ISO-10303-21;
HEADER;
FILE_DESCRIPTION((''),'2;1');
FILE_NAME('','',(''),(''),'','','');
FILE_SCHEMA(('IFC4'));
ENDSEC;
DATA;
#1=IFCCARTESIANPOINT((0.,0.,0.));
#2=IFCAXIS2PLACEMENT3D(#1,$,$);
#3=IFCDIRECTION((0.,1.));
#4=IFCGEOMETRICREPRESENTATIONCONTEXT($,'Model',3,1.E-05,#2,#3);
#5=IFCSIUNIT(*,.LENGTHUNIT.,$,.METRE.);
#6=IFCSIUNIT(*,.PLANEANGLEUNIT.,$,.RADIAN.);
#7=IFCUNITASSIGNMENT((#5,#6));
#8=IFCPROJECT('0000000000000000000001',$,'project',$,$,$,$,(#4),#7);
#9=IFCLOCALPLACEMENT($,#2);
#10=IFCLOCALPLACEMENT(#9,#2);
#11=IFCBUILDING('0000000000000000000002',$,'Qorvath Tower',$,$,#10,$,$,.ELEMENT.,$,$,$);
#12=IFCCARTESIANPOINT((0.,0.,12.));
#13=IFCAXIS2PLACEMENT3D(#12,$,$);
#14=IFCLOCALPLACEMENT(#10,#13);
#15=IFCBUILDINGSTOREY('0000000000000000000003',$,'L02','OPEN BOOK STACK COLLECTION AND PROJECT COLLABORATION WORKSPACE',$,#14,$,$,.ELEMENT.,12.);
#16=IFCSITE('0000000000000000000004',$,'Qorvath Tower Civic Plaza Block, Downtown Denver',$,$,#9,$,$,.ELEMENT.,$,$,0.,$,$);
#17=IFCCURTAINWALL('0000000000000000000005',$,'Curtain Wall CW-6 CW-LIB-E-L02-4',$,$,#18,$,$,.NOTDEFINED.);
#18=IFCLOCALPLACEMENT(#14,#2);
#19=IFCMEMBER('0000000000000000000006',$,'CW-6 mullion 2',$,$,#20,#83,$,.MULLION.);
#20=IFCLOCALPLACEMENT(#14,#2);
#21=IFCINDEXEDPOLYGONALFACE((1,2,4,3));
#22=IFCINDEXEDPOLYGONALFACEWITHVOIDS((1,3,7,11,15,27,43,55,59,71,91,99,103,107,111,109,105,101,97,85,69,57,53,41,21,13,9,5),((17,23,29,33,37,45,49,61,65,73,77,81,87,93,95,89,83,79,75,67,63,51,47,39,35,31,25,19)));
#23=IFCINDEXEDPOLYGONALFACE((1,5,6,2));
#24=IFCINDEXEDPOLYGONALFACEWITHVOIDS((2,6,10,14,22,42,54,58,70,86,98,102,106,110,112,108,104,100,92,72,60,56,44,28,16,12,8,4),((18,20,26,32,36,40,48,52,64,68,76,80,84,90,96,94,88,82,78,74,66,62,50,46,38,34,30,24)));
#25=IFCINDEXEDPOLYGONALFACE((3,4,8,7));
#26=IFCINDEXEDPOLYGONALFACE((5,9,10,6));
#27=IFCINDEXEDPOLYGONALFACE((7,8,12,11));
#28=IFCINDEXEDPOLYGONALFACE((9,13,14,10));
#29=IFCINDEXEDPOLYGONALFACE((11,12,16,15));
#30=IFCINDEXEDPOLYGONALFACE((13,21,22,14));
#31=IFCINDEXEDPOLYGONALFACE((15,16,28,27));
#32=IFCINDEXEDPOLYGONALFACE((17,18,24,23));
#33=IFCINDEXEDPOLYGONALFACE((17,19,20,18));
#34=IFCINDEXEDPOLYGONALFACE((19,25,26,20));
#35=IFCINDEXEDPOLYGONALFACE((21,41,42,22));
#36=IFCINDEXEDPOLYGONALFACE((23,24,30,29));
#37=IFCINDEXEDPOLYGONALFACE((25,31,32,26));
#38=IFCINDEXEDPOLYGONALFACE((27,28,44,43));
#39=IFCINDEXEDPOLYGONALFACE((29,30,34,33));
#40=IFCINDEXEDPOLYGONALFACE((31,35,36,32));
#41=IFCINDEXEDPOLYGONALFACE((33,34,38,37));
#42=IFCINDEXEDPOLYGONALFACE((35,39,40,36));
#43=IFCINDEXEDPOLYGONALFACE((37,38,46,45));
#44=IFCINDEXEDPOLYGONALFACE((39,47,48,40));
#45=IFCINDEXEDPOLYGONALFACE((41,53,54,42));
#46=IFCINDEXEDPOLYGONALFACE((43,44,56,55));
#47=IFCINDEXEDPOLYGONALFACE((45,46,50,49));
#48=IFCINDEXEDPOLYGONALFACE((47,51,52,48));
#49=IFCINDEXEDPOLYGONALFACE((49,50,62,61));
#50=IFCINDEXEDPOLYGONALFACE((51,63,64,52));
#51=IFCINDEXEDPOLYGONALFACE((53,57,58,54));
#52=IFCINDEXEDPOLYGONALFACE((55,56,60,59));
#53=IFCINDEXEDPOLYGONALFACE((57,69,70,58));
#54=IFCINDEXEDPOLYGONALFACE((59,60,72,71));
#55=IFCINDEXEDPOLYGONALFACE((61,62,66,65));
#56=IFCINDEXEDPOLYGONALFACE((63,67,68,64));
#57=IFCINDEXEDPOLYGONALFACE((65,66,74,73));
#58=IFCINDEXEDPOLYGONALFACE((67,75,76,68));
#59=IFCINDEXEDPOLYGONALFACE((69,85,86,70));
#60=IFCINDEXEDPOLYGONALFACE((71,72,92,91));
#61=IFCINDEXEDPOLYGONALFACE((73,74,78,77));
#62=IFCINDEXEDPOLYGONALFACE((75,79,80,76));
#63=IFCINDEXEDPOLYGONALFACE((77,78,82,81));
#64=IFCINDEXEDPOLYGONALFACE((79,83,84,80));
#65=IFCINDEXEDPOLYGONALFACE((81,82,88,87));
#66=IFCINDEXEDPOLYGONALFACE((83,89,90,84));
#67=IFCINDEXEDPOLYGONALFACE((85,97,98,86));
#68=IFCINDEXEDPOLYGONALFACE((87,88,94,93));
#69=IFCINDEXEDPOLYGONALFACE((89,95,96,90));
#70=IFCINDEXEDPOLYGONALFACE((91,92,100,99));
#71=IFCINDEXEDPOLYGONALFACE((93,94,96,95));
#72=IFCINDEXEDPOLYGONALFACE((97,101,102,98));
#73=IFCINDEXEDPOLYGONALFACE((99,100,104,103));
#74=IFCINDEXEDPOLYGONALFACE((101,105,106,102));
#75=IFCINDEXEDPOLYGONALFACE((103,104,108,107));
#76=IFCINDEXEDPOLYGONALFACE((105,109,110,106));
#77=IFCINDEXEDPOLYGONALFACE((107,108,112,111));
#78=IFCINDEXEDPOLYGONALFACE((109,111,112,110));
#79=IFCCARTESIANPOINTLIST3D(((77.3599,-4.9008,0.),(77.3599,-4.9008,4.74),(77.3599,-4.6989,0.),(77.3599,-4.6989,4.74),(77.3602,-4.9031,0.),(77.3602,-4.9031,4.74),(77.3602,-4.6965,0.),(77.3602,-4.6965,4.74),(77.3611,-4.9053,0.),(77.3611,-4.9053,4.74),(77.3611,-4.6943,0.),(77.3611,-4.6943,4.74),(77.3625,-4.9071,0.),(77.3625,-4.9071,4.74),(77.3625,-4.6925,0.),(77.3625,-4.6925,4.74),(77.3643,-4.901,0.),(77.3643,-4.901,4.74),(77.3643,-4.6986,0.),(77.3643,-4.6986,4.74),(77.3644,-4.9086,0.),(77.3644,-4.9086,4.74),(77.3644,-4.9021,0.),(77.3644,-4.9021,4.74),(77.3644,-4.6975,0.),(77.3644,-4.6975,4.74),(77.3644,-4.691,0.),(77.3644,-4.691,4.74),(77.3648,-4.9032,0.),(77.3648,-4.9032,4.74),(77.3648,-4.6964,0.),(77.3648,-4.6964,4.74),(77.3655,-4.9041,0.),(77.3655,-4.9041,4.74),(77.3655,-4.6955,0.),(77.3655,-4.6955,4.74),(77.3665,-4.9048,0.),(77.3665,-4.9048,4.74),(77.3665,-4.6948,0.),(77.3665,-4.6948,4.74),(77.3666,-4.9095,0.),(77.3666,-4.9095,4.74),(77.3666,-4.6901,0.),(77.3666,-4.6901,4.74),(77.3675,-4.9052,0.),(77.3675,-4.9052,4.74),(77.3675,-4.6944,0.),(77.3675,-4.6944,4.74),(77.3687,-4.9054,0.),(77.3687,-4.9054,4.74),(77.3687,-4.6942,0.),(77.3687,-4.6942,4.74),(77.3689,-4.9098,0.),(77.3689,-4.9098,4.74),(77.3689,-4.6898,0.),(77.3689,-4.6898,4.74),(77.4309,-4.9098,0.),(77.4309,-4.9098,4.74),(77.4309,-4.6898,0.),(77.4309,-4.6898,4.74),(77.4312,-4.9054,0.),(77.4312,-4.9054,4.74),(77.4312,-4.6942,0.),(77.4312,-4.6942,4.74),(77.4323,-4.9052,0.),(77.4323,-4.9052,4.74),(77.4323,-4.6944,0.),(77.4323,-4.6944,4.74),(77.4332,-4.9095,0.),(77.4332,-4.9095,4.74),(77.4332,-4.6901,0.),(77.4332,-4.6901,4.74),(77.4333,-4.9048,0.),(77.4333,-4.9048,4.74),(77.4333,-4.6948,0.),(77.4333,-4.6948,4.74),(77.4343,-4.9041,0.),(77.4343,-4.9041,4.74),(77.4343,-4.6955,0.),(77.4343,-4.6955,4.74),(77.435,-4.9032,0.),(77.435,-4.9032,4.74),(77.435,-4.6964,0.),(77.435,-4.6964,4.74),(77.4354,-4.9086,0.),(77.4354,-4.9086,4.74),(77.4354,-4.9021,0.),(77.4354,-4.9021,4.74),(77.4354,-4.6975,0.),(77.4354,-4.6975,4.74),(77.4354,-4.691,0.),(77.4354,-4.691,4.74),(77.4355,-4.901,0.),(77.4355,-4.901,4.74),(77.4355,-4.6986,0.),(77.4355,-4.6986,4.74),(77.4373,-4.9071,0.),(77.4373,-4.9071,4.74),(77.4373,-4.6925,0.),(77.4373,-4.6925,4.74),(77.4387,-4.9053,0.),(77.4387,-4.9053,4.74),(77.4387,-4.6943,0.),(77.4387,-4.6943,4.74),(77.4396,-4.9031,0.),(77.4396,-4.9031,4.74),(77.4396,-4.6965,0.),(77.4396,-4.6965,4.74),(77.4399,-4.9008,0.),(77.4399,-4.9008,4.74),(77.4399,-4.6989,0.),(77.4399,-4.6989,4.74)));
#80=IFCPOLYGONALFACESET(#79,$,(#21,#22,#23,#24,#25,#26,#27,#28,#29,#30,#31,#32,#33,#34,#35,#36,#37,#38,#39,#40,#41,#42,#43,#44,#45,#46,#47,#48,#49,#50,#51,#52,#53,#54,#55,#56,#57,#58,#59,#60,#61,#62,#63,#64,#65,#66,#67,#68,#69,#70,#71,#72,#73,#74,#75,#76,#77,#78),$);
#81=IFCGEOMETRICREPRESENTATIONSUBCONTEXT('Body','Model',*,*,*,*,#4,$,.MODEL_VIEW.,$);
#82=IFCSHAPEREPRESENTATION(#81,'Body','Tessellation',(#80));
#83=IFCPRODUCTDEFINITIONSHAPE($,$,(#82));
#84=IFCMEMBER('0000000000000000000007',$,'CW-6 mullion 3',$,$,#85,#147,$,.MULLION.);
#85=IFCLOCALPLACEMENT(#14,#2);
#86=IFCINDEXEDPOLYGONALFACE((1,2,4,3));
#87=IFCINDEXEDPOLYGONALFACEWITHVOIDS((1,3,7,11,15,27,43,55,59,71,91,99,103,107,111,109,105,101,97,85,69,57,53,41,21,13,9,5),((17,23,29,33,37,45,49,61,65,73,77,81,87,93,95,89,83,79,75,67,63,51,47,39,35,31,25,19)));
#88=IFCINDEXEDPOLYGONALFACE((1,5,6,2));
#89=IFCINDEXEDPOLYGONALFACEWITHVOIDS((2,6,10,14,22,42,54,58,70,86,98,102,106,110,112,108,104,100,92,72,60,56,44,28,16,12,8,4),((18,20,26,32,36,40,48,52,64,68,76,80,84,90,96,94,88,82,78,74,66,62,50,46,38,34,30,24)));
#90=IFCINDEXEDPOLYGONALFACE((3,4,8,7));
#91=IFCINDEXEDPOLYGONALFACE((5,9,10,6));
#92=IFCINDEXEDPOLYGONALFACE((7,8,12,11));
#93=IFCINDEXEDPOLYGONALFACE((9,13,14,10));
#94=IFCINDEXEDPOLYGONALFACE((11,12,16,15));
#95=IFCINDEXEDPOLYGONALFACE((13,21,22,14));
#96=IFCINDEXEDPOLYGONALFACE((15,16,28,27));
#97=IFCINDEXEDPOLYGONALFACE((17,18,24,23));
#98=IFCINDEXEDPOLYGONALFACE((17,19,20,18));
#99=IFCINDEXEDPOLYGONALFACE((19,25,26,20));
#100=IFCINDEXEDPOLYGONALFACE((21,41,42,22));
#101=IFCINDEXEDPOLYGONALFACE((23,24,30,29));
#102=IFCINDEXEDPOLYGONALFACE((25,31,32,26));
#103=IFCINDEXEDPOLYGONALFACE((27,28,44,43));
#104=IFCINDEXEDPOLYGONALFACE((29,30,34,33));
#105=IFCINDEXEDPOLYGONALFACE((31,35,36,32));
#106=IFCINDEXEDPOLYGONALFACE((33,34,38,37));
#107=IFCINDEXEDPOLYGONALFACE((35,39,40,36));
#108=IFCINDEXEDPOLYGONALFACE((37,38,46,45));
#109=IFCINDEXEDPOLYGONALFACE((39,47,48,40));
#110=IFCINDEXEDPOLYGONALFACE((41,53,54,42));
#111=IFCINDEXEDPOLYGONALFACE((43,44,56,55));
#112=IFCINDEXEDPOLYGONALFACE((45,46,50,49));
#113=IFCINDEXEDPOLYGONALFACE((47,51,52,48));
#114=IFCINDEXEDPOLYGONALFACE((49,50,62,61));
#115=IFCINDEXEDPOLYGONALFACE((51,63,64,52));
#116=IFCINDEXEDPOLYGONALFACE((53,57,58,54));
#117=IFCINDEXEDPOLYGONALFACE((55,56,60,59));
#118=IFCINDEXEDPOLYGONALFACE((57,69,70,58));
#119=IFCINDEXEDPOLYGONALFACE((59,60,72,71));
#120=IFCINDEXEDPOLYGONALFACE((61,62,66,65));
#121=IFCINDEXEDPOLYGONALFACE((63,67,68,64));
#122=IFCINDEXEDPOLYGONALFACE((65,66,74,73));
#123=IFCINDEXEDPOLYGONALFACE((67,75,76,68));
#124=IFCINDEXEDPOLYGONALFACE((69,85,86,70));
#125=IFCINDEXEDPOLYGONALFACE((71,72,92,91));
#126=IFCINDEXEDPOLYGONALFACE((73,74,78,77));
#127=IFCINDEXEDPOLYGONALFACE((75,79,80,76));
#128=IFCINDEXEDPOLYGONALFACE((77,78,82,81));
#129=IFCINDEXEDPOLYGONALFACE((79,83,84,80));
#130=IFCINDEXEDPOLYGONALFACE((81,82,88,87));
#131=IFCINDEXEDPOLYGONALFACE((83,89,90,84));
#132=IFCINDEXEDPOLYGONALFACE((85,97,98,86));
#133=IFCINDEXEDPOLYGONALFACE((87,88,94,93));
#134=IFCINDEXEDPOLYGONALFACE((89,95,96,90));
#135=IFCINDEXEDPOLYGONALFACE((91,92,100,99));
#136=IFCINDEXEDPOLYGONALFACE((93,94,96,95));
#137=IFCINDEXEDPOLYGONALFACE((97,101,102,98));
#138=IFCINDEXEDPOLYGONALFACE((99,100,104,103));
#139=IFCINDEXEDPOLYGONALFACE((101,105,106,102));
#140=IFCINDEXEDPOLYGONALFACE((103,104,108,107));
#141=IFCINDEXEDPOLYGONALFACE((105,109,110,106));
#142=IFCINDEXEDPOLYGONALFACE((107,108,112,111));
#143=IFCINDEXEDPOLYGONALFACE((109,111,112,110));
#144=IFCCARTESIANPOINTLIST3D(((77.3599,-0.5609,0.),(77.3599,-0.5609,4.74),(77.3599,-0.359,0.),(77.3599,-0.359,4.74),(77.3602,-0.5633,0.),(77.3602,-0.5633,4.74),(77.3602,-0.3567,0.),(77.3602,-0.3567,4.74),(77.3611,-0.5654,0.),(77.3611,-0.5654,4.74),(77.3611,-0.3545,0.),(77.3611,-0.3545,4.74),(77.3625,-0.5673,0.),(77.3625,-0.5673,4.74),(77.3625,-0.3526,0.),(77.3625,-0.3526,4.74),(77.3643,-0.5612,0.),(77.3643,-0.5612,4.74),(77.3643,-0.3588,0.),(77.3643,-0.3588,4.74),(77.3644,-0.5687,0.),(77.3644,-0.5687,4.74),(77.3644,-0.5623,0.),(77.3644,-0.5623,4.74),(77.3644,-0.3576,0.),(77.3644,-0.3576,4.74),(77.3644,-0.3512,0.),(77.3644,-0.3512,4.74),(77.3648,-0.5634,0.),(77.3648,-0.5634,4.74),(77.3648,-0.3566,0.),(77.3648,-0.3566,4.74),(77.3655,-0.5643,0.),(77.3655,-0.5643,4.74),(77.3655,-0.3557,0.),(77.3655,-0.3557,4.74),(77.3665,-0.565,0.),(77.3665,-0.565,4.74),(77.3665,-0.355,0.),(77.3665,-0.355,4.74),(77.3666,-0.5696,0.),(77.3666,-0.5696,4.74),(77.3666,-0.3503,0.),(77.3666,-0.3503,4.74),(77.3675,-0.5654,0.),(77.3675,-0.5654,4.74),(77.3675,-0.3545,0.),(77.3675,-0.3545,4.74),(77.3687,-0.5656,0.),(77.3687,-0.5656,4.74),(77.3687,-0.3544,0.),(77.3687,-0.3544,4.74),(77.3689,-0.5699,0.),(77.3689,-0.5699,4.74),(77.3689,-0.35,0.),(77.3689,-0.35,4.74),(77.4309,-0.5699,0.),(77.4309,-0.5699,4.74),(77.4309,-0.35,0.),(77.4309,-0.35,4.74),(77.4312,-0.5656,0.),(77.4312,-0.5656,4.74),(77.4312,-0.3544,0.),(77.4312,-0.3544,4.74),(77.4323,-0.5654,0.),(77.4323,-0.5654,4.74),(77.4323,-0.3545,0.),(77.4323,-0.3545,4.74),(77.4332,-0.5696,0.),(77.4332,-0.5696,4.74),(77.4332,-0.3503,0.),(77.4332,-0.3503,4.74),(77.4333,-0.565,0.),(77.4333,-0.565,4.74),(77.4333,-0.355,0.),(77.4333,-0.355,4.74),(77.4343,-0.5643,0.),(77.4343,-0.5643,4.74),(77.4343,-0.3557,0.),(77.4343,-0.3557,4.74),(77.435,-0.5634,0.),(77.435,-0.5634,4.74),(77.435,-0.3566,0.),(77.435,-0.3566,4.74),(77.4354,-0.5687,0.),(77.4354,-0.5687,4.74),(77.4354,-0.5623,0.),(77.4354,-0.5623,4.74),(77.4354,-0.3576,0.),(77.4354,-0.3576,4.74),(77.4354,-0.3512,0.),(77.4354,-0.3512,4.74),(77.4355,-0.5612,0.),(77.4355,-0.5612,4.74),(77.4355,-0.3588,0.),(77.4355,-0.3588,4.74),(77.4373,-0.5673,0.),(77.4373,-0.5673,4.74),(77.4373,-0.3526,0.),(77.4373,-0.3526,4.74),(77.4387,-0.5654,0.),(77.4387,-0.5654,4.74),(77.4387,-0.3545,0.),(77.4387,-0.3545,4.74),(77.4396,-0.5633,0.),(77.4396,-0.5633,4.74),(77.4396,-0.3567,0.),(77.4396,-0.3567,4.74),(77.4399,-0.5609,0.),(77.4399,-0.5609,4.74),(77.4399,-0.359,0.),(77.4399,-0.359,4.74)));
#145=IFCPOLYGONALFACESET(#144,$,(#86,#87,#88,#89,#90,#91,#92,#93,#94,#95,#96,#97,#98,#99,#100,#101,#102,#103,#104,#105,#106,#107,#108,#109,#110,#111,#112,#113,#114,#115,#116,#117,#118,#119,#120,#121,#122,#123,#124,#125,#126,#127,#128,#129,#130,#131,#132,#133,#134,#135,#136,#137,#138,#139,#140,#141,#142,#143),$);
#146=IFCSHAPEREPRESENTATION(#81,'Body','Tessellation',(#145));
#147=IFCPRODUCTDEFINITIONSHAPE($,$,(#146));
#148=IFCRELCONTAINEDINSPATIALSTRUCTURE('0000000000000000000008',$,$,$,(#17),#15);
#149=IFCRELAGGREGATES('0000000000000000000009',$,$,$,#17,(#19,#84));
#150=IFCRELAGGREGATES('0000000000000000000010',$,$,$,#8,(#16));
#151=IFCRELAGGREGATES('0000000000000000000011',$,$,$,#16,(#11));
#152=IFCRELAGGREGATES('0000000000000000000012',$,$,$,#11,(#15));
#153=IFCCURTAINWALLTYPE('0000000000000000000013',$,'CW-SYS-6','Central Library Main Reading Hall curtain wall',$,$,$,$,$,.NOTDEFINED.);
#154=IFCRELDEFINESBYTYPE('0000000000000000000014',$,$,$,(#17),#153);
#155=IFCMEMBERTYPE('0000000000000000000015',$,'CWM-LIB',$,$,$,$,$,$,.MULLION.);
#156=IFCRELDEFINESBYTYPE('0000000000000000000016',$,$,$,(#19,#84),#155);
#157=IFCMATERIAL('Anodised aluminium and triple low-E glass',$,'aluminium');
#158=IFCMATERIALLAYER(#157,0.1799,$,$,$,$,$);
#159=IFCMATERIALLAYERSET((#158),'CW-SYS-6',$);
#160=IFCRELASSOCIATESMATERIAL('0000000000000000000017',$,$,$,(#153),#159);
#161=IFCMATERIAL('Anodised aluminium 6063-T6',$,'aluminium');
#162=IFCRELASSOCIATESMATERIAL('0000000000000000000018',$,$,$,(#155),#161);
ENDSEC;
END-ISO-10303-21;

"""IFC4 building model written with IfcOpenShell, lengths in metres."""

from ifc_helpers import new_model, si_unit, direction, frame, origin, origin_2d, place, context, subcontext, project, spatial, hollow_rectangle, extrude, material, layer, layer_set, material_profile, profile_set, type_object, element, aggregate, save


model = new_model("IFC4")

# Units and contexts
model_context = context("Model", 3, precision=1e-05, world=origin(), true_north=direction((0.0, 1.0)))
body_context = subcontext(model_context, "Body", "Model", "MODEL_VIEW")
ifc_project = project(units=[si_unit("LENGTHUNIT", "METRE"), si_unit("PLANEANGLEUNIT", "RADIAN")], contexts=[model_context])

# Site, building, storey
site_placement = place(None, origin())
site = spatial("IfcSite", under=ifc_project, at=site_placement, Name="Qorvath Tower Civic Plaza Block, Downtown Denver", CompositionType="ELEMENT", RefElevation=0.0)
building_placement = place(site_placement, origin())
building = spatial("IfcBuilding", under=site, at=building_placement, Name="Qorvath Tower", CompositionType="ELEMENT")
storey_placement = place(building_placement, frame((0.0, 0.0, 12.0)))
storey = spatial("IfcBuildingStorey", under=building, at=storey_placement, Name="L02", Description="OPEN BOOK STACK COLLECTION AND PROJECT COLLABORATION WORKSPACE", CompositionType="ELEMENT", Elevation=12.0)

# Curtain wall, members
ifc_material_1 = material(Name="Anodised aluminium and triple low-E glass", Category="aluminium")
ifc_layer_1 = layer(ifc_material_1, 0.1799)
ifc_layer_set_1 = layer_set([ifc_layer_1], Name="CW-SYS-6")
curtain_wall_type = type_object("IfcCurtainWallType", Name="CW-SYS-6", Description="Central Library Main Reading Hall curtain wall", PredefinedType="NOTDEFINED", material=ifc_layer_set_1)
curtain_wall_placement = place(storey_placement, origin())
curtain_wall = element("IfcCurtainWall", 1, at=curtain_wall_placement, inside=storey, type_object=curtain_wall_type, Name="Curtain Wall CW-6 CW-LIB-E-L02-4", PredefinedType="NOTDEFINED")
ifc_material_2 = material(Name="Anodised aluminium 6063-T6", Category="aluminium")
ifc_material_profile_1 = material_profile(ifc_material_2, hollow_rectangle(XDim=0.0801, YDim=0.22, WallThickness=0.0044, InnerFilletRadius=0.0044, OuterFilletRadius=0.009, at=origin_2d()), Name="CWM LIB 220x80")
ifc_profile_set_1 = profile_set([ifc_material_profile_1], Name="Anodised aluminium 6063-T6")
member_type_1 = type_object("IfcMemberType", Name="CWM-LIB", PredefinedType="MULLION", material=ifc_profile_set_1)
member_1_placement = place(storey_placement, frame((77.3999, -4.7998, 0.0), z_axis=(0.0, 0.0, 1.0), x_axis=(-1.0, 0.0, 0.0)))
member_1 = element("IfcMember", 2, at=member_1_placement, type_object=member_type_1, Name="CW-6 mullion 2", PredefinedType="MULLION", context=body_context, shape_type="SweptSolid", body=[
    extrude(hollow_rectangle(XDim=0.0801, YDim=0.22, WallThickness=0.0044, InnerFilletRadius=0.0044, OuterFilletRadius=0.009, at=origin_2d()), origin(), (0.0, 0.0, 1.0), 4.74),
])
member_2_placement = place(storey_placement, frame((77.3999, -0.46, 0.0), z_axis=(0.0, 0.0, 1.0), x_axis=(-1.0, 0.0, 0.0)))
member_2 = element("IfcMember", 3, at=member_2_placement, type_object=member_type_1, Name="CW-6 mullion 3", PredefinedType="MULLION", context=body_context, shape_type="SweptSolid", body=[
    extrude(hollow_rectangle(XDim=0.0801, YDim=0.22, WallThickness=0.0044, InnerFilletRadius=0.0044, OuterFilletRadius=0.009, at=origin_2d()), origin(), (0.0, 0.0, 1.0), 4.74),
])
aggregate(curtain_wall, [member_1, member_2])

save(model, "model.ifc")
